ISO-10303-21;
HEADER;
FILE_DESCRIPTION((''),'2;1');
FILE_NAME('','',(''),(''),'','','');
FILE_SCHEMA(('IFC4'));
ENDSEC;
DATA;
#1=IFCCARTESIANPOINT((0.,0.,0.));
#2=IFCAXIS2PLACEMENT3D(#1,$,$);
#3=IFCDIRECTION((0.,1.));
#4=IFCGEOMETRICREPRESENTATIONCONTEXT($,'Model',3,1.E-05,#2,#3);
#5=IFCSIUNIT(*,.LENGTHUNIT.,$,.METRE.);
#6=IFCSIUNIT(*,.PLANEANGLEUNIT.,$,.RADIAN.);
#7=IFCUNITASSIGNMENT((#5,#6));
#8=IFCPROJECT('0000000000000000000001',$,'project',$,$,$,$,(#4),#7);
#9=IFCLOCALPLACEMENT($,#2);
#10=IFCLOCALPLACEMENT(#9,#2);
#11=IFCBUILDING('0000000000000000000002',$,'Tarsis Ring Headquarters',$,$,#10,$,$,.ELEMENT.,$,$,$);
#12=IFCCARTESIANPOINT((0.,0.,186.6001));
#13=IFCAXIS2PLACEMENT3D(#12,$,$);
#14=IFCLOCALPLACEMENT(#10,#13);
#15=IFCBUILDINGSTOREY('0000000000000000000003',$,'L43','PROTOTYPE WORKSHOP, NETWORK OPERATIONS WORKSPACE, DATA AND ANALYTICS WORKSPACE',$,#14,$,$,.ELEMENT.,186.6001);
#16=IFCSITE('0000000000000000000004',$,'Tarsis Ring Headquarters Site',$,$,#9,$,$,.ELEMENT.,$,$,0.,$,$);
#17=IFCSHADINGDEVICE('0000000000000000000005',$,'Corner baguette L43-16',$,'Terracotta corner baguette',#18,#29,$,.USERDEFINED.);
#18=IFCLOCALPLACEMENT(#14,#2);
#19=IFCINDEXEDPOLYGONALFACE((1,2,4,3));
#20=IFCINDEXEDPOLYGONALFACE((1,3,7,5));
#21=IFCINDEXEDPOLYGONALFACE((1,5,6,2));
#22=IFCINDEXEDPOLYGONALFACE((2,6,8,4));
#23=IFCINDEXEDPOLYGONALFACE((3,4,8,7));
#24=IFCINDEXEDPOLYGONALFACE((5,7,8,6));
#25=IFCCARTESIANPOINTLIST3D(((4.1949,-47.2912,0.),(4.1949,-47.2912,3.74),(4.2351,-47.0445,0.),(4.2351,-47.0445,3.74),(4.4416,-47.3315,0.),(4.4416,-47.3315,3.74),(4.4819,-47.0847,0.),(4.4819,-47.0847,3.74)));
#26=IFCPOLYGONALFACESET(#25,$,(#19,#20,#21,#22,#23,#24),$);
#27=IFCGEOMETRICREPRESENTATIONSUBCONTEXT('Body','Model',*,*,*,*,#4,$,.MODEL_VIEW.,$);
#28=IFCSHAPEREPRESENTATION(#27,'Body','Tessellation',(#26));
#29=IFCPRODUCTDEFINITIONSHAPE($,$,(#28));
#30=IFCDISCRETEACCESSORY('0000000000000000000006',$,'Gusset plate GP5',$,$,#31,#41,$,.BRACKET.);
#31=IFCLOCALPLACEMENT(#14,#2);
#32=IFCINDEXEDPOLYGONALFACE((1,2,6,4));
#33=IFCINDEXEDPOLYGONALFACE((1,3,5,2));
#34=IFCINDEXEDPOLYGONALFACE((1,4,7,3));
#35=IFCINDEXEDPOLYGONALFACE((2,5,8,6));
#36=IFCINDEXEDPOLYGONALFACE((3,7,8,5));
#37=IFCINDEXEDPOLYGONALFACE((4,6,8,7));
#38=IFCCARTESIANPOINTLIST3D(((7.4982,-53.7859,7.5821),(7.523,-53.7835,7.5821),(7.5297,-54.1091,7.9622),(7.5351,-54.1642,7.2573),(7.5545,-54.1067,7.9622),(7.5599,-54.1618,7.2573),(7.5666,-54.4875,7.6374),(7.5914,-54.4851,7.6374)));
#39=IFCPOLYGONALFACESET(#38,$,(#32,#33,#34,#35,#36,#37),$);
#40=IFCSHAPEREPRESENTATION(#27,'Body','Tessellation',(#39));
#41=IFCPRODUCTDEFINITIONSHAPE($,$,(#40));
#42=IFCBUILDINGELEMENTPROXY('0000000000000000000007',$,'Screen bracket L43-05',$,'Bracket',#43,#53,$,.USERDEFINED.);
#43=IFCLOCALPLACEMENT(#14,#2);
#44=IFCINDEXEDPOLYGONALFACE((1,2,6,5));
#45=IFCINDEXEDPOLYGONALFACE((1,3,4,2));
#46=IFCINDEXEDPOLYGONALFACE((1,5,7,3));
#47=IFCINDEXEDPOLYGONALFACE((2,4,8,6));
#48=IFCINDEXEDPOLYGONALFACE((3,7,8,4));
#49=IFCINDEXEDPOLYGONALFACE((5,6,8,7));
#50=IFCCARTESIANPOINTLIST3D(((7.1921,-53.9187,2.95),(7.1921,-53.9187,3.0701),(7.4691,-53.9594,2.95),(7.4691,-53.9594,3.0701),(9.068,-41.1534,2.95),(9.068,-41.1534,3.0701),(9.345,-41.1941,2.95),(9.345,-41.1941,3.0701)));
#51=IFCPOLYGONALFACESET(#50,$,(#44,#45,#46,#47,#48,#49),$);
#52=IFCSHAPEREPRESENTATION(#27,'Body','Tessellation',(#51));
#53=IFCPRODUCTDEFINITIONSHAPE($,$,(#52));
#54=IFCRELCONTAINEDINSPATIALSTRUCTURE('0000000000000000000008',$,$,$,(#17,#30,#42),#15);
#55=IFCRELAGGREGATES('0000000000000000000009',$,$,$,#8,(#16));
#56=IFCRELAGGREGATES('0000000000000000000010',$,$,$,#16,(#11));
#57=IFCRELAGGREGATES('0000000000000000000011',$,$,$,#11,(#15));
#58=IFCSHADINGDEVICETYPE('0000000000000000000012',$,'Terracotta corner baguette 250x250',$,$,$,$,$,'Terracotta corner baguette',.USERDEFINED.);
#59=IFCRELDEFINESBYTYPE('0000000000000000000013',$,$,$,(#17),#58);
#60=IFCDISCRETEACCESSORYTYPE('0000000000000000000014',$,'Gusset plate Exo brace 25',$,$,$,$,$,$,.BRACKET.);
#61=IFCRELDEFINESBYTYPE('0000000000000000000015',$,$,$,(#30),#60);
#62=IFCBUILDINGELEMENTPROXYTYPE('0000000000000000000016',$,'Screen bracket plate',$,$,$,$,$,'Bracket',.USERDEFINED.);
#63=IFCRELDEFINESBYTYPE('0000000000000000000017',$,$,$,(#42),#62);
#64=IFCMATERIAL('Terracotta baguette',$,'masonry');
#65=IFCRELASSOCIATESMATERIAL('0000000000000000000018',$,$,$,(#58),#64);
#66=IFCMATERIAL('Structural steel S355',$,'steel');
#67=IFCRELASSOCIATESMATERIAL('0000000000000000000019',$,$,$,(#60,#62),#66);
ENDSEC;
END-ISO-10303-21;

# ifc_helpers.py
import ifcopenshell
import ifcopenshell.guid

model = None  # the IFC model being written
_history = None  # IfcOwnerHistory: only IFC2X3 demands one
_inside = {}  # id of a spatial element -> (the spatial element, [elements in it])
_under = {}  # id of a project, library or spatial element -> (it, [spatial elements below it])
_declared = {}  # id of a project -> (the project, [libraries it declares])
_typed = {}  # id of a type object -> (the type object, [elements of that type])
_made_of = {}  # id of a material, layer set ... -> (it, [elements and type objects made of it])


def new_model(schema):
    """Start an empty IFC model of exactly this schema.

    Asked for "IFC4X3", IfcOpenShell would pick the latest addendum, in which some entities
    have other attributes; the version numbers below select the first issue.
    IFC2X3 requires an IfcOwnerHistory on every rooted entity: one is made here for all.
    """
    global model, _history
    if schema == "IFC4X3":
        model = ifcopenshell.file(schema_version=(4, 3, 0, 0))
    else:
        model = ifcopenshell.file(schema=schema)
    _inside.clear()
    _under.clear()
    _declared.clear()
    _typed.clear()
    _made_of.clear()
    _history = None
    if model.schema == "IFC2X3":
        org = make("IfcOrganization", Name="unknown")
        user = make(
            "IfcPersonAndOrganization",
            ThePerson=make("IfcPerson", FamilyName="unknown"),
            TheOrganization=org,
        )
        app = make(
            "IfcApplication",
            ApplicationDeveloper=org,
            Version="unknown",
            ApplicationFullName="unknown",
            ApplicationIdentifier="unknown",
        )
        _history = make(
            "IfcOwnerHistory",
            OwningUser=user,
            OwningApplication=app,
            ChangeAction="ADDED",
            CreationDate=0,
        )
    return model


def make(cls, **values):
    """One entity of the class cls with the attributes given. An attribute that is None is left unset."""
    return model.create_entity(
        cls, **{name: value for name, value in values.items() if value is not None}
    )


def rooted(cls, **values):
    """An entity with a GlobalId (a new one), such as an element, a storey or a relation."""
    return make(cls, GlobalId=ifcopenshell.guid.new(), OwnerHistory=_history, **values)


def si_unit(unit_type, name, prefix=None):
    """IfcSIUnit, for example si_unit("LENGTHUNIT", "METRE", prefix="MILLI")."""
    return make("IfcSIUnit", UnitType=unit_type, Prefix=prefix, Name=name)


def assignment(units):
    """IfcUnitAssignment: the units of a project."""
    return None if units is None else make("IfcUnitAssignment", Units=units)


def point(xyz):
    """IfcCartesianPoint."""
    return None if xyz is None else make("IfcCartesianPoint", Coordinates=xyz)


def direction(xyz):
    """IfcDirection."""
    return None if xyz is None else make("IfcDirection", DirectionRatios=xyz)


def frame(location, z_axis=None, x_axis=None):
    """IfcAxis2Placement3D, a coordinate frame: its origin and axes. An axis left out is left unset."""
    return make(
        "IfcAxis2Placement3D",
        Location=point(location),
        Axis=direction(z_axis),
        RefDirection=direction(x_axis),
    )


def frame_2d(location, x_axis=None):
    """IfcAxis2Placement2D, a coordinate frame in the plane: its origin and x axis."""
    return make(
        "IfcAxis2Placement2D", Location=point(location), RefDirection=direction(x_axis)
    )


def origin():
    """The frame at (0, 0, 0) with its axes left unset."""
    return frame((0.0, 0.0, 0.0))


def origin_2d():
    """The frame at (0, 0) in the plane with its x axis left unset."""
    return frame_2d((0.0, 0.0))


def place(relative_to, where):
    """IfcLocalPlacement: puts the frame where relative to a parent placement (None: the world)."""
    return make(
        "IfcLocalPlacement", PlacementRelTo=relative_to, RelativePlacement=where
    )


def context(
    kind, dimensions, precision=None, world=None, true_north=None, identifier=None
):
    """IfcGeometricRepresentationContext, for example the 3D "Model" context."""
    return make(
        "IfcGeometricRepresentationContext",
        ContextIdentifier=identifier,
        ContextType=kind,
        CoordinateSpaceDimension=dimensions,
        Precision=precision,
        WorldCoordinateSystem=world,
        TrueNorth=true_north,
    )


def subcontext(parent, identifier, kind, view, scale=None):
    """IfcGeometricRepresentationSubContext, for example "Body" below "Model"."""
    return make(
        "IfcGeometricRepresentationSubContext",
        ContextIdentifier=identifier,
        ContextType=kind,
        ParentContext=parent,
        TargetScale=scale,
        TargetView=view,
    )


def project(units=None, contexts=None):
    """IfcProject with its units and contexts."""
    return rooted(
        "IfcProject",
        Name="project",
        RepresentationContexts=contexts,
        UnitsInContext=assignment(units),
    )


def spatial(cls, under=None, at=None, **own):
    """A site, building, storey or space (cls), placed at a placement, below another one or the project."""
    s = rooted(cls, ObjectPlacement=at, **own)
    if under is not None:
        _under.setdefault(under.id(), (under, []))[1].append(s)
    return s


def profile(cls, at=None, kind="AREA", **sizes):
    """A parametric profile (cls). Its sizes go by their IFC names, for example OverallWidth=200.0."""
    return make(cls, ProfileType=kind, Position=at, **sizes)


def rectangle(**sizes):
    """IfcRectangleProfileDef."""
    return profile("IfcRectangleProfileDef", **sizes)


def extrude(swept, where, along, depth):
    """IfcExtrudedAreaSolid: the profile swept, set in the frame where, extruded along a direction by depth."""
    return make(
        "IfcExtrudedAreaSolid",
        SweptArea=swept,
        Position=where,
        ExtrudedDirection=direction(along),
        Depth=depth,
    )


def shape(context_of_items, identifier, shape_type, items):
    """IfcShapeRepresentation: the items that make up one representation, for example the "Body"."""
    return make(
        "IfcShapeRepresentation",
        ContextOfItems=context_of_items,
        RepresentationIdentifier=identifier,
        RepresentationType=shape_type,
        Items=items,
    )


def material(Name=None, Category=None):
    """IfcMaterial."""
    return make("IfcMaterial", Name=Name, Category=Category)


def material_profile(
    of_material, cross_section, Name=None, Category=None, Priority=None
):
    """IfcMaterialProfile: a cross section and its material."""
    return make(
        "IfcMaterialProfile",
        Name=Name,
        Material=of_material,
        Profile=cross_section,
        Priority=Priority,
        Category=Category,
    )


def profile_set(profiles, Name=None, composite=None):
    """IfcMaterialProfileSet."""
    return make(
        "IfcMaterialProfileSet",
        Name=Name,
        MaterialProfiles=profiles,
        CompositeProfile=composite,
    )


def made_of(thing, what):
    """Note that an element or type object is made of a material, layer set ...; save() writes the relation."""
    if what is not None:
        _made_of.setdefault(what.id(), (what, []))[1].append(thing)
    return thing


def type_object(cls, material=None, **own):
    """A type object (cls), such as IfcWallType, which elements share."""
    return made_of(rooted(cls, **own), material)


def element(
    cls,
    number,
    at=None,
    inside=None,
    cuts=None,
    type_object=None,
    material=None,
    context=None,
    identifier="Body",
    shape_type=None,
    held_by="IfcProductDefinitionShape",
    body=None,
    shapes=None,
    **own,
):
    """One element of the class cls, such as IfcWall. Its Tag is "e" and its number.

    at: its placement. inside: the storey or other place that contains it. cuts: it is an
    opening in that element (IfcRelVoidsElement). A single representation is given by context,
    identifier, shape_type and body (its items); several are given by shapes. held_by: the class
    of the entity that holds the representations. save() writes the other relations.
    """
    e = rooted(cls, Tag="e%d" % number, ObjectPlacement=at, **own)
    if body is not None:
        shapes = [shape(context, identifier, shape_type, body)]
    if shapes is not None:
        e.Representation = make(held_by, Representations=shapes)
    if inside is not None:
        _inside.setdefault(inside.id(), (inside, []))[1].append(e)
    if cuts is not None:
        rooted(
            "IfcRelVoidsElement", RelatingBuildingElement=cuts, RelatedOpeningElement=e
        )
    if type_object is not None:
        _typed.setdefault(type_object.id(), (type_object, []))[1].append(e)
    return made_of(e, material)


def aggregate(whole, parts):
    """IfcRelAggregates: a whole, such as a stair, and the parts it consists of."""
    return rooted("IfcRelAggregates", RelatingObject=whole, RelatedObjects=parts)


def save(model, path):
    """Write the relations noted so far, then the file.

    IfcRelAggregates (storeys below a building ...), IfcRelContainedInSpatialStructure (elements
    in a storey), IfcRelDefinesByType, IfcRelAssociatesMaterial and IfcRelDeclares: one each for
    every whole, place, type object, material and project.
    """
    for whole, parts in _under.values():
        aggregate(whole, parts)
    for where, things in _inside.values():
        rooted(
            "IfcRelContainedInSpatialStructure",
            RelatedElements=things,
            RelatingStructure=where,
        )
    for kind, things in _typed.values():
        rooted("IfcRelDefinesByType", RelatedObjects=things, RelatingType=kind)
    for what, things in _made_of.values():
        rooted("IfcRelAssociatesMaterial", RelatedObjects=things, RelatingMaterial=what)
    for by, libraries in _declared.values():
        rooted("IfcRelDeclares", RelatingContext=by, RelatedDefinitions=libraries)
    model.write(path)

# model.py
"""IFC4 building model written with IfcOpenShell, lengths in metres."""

from ifc_helpers import new_model, si_unit, direction, frame, origin, origin_2d, place, context, subcontext, project, spatial, rectangle, extrude, material, material_profile, profile_set, type_object, element, save


model = new_model("IFC4")

# Units and contexts
model_context = context("Model", 3, precision=1e-05, world=origin(), true_north=direction((0.0, 1.0)))
body_context = subcontext(model_context, "Body", "Model", "MODEL_VIEW")
ifc_project = project(units=[si_unit("LENGTHUNIT", "METRE"), si_unit("PLANEANGLEUNIT", "RADIAN")], contexts=[model_context])

# Site, building, storey
site_placement = place(None, origin())
site = spatial("IfcSite", under=ifc_project, at=site_placement, Name="Tarsis Ring Headquarters Site", CompositionType="ELEMENT", RefElevation=0.0)
building_placement = place(site_placement, origin())
building = spatial("IfcBuilding", under=site, at=building_placement, Name="Tarsis Ring Headquarters", CompositionType="ELEMENT")
storey_placement = place(building_placement, frame((0.0, 0.0, 186.6001)))
storey = spatial("IfcBuildingStorey", under=building, at=storey_placement, Name="L43", Description="PROTOTYPE WORKSHOP, NETWORK OPERATIONS WORKSPACE, DATA AND ANALYTICS WORKSPACE", CompositionType="ELEMENT", Elevation=186.6001)

# Shared definitions
ifc_material_1 = material(Name="Structural steel S355", Category="steel")

# Shading device
ifc_material_2 = material(Name="Terracotta baguette", Category="masonry")
shading_device_type_1 = type_object("IfcShadingDeviceType", Name="Terracotta corner baguette 250x250", ElementType="Terracotta corner baguette", PredefinedType="USERDEFINED", material=ifc_material_2)
for number, where, z_axis, x_axis, name in (
    (1, (4.3384, -47.188, 0.0), (0.0, 0.0, 1.0), (0.986968, -0.160915, 0.0), "Corner baguette L43-16"),
):
    element("IfcShadingDevice", number, at=place(storey_placement, frame(where, z_axis=z_axis, x_axis=x_axis)), inside=storey, type_object=shading_device_type_1, Name=name, ObjectType="Terracotta corner baguette", PredefinedType="USERDEFINED", context=body_context, shape_type="SweptSolid", body=[
        extrude(rectangle(XDim=0.25, YDim=0.25, at=origin_2d()), origin(), (0.0, 0.0, 1.0), 3.74),
    ])

# Discrete accessory
ifc_material_profile_1 = material_profile(ifc_material_1, rectangle(XDim=0.0249, YDim=0.5, at=origin_2d()), Name="PL 25x500")
ifc_profile_set_1 = profile_set([ifc_material_profile_1], Name="Structural steel S355")
discrete_accessory_type = type_object("IfcDiscreteAccessoryType", Name="Gusset plate Exo brace 25", PredefinedType="BRACKET", material=ifc_profile_set_1)
discrete_accessory_placement = place(storey_placement, frame((7.5605, -54.2971, 7.7998), z_axis=(-0.062992, 0.646518, -0.760294), x_axis=(-0.995287, -0.096973, 0.0)))
element("IfcDiscreteAccessory", 2, at=discrete_accessory_placement, inside=storey, type_object=discrete_accessory_type, Name="Gusset plate GP5", PredefinedType="BRACKET", context=body_context, shape_type="SweptSolid", body=[
    extrude(rectangle(XDim=0.0249, YDim=0.5, at=origin_2d()), origin(), (0.0, 0.0, 1.0), 0.5),
])

# Building element proxy
building_element_proxy_type = type_object("IfcBuildingElementProxyType", Name="Screen bracket plate", ElementType="Bracket", PredefinedType="USERDEFINED", material=ifc_material_1)
proxy_placement = place(storey_placement, frame((8.2686, -47.5564, 2.95), z_axis=(0.0, 0.0, 1.0), x_axis=(0.145392, 0.989374, 0.0)))
element("IfcBuildingElementProxy", 3, at=proxy_placement, inside=storey, type_object=building_element_proxy_type, Name="Screen bracket L43-05", ObjectType="Bracket", PredefinedType="USERDEFINED", context=body_context, shape_type="SweptSolid", body=[
    extrude(rectangle(XDim=12.9023, YDim=0.28, at=origin_2d()), origin(), (0.0, 0.0, 1.0), 0.1201),
])

save(model, "model.ifc")
